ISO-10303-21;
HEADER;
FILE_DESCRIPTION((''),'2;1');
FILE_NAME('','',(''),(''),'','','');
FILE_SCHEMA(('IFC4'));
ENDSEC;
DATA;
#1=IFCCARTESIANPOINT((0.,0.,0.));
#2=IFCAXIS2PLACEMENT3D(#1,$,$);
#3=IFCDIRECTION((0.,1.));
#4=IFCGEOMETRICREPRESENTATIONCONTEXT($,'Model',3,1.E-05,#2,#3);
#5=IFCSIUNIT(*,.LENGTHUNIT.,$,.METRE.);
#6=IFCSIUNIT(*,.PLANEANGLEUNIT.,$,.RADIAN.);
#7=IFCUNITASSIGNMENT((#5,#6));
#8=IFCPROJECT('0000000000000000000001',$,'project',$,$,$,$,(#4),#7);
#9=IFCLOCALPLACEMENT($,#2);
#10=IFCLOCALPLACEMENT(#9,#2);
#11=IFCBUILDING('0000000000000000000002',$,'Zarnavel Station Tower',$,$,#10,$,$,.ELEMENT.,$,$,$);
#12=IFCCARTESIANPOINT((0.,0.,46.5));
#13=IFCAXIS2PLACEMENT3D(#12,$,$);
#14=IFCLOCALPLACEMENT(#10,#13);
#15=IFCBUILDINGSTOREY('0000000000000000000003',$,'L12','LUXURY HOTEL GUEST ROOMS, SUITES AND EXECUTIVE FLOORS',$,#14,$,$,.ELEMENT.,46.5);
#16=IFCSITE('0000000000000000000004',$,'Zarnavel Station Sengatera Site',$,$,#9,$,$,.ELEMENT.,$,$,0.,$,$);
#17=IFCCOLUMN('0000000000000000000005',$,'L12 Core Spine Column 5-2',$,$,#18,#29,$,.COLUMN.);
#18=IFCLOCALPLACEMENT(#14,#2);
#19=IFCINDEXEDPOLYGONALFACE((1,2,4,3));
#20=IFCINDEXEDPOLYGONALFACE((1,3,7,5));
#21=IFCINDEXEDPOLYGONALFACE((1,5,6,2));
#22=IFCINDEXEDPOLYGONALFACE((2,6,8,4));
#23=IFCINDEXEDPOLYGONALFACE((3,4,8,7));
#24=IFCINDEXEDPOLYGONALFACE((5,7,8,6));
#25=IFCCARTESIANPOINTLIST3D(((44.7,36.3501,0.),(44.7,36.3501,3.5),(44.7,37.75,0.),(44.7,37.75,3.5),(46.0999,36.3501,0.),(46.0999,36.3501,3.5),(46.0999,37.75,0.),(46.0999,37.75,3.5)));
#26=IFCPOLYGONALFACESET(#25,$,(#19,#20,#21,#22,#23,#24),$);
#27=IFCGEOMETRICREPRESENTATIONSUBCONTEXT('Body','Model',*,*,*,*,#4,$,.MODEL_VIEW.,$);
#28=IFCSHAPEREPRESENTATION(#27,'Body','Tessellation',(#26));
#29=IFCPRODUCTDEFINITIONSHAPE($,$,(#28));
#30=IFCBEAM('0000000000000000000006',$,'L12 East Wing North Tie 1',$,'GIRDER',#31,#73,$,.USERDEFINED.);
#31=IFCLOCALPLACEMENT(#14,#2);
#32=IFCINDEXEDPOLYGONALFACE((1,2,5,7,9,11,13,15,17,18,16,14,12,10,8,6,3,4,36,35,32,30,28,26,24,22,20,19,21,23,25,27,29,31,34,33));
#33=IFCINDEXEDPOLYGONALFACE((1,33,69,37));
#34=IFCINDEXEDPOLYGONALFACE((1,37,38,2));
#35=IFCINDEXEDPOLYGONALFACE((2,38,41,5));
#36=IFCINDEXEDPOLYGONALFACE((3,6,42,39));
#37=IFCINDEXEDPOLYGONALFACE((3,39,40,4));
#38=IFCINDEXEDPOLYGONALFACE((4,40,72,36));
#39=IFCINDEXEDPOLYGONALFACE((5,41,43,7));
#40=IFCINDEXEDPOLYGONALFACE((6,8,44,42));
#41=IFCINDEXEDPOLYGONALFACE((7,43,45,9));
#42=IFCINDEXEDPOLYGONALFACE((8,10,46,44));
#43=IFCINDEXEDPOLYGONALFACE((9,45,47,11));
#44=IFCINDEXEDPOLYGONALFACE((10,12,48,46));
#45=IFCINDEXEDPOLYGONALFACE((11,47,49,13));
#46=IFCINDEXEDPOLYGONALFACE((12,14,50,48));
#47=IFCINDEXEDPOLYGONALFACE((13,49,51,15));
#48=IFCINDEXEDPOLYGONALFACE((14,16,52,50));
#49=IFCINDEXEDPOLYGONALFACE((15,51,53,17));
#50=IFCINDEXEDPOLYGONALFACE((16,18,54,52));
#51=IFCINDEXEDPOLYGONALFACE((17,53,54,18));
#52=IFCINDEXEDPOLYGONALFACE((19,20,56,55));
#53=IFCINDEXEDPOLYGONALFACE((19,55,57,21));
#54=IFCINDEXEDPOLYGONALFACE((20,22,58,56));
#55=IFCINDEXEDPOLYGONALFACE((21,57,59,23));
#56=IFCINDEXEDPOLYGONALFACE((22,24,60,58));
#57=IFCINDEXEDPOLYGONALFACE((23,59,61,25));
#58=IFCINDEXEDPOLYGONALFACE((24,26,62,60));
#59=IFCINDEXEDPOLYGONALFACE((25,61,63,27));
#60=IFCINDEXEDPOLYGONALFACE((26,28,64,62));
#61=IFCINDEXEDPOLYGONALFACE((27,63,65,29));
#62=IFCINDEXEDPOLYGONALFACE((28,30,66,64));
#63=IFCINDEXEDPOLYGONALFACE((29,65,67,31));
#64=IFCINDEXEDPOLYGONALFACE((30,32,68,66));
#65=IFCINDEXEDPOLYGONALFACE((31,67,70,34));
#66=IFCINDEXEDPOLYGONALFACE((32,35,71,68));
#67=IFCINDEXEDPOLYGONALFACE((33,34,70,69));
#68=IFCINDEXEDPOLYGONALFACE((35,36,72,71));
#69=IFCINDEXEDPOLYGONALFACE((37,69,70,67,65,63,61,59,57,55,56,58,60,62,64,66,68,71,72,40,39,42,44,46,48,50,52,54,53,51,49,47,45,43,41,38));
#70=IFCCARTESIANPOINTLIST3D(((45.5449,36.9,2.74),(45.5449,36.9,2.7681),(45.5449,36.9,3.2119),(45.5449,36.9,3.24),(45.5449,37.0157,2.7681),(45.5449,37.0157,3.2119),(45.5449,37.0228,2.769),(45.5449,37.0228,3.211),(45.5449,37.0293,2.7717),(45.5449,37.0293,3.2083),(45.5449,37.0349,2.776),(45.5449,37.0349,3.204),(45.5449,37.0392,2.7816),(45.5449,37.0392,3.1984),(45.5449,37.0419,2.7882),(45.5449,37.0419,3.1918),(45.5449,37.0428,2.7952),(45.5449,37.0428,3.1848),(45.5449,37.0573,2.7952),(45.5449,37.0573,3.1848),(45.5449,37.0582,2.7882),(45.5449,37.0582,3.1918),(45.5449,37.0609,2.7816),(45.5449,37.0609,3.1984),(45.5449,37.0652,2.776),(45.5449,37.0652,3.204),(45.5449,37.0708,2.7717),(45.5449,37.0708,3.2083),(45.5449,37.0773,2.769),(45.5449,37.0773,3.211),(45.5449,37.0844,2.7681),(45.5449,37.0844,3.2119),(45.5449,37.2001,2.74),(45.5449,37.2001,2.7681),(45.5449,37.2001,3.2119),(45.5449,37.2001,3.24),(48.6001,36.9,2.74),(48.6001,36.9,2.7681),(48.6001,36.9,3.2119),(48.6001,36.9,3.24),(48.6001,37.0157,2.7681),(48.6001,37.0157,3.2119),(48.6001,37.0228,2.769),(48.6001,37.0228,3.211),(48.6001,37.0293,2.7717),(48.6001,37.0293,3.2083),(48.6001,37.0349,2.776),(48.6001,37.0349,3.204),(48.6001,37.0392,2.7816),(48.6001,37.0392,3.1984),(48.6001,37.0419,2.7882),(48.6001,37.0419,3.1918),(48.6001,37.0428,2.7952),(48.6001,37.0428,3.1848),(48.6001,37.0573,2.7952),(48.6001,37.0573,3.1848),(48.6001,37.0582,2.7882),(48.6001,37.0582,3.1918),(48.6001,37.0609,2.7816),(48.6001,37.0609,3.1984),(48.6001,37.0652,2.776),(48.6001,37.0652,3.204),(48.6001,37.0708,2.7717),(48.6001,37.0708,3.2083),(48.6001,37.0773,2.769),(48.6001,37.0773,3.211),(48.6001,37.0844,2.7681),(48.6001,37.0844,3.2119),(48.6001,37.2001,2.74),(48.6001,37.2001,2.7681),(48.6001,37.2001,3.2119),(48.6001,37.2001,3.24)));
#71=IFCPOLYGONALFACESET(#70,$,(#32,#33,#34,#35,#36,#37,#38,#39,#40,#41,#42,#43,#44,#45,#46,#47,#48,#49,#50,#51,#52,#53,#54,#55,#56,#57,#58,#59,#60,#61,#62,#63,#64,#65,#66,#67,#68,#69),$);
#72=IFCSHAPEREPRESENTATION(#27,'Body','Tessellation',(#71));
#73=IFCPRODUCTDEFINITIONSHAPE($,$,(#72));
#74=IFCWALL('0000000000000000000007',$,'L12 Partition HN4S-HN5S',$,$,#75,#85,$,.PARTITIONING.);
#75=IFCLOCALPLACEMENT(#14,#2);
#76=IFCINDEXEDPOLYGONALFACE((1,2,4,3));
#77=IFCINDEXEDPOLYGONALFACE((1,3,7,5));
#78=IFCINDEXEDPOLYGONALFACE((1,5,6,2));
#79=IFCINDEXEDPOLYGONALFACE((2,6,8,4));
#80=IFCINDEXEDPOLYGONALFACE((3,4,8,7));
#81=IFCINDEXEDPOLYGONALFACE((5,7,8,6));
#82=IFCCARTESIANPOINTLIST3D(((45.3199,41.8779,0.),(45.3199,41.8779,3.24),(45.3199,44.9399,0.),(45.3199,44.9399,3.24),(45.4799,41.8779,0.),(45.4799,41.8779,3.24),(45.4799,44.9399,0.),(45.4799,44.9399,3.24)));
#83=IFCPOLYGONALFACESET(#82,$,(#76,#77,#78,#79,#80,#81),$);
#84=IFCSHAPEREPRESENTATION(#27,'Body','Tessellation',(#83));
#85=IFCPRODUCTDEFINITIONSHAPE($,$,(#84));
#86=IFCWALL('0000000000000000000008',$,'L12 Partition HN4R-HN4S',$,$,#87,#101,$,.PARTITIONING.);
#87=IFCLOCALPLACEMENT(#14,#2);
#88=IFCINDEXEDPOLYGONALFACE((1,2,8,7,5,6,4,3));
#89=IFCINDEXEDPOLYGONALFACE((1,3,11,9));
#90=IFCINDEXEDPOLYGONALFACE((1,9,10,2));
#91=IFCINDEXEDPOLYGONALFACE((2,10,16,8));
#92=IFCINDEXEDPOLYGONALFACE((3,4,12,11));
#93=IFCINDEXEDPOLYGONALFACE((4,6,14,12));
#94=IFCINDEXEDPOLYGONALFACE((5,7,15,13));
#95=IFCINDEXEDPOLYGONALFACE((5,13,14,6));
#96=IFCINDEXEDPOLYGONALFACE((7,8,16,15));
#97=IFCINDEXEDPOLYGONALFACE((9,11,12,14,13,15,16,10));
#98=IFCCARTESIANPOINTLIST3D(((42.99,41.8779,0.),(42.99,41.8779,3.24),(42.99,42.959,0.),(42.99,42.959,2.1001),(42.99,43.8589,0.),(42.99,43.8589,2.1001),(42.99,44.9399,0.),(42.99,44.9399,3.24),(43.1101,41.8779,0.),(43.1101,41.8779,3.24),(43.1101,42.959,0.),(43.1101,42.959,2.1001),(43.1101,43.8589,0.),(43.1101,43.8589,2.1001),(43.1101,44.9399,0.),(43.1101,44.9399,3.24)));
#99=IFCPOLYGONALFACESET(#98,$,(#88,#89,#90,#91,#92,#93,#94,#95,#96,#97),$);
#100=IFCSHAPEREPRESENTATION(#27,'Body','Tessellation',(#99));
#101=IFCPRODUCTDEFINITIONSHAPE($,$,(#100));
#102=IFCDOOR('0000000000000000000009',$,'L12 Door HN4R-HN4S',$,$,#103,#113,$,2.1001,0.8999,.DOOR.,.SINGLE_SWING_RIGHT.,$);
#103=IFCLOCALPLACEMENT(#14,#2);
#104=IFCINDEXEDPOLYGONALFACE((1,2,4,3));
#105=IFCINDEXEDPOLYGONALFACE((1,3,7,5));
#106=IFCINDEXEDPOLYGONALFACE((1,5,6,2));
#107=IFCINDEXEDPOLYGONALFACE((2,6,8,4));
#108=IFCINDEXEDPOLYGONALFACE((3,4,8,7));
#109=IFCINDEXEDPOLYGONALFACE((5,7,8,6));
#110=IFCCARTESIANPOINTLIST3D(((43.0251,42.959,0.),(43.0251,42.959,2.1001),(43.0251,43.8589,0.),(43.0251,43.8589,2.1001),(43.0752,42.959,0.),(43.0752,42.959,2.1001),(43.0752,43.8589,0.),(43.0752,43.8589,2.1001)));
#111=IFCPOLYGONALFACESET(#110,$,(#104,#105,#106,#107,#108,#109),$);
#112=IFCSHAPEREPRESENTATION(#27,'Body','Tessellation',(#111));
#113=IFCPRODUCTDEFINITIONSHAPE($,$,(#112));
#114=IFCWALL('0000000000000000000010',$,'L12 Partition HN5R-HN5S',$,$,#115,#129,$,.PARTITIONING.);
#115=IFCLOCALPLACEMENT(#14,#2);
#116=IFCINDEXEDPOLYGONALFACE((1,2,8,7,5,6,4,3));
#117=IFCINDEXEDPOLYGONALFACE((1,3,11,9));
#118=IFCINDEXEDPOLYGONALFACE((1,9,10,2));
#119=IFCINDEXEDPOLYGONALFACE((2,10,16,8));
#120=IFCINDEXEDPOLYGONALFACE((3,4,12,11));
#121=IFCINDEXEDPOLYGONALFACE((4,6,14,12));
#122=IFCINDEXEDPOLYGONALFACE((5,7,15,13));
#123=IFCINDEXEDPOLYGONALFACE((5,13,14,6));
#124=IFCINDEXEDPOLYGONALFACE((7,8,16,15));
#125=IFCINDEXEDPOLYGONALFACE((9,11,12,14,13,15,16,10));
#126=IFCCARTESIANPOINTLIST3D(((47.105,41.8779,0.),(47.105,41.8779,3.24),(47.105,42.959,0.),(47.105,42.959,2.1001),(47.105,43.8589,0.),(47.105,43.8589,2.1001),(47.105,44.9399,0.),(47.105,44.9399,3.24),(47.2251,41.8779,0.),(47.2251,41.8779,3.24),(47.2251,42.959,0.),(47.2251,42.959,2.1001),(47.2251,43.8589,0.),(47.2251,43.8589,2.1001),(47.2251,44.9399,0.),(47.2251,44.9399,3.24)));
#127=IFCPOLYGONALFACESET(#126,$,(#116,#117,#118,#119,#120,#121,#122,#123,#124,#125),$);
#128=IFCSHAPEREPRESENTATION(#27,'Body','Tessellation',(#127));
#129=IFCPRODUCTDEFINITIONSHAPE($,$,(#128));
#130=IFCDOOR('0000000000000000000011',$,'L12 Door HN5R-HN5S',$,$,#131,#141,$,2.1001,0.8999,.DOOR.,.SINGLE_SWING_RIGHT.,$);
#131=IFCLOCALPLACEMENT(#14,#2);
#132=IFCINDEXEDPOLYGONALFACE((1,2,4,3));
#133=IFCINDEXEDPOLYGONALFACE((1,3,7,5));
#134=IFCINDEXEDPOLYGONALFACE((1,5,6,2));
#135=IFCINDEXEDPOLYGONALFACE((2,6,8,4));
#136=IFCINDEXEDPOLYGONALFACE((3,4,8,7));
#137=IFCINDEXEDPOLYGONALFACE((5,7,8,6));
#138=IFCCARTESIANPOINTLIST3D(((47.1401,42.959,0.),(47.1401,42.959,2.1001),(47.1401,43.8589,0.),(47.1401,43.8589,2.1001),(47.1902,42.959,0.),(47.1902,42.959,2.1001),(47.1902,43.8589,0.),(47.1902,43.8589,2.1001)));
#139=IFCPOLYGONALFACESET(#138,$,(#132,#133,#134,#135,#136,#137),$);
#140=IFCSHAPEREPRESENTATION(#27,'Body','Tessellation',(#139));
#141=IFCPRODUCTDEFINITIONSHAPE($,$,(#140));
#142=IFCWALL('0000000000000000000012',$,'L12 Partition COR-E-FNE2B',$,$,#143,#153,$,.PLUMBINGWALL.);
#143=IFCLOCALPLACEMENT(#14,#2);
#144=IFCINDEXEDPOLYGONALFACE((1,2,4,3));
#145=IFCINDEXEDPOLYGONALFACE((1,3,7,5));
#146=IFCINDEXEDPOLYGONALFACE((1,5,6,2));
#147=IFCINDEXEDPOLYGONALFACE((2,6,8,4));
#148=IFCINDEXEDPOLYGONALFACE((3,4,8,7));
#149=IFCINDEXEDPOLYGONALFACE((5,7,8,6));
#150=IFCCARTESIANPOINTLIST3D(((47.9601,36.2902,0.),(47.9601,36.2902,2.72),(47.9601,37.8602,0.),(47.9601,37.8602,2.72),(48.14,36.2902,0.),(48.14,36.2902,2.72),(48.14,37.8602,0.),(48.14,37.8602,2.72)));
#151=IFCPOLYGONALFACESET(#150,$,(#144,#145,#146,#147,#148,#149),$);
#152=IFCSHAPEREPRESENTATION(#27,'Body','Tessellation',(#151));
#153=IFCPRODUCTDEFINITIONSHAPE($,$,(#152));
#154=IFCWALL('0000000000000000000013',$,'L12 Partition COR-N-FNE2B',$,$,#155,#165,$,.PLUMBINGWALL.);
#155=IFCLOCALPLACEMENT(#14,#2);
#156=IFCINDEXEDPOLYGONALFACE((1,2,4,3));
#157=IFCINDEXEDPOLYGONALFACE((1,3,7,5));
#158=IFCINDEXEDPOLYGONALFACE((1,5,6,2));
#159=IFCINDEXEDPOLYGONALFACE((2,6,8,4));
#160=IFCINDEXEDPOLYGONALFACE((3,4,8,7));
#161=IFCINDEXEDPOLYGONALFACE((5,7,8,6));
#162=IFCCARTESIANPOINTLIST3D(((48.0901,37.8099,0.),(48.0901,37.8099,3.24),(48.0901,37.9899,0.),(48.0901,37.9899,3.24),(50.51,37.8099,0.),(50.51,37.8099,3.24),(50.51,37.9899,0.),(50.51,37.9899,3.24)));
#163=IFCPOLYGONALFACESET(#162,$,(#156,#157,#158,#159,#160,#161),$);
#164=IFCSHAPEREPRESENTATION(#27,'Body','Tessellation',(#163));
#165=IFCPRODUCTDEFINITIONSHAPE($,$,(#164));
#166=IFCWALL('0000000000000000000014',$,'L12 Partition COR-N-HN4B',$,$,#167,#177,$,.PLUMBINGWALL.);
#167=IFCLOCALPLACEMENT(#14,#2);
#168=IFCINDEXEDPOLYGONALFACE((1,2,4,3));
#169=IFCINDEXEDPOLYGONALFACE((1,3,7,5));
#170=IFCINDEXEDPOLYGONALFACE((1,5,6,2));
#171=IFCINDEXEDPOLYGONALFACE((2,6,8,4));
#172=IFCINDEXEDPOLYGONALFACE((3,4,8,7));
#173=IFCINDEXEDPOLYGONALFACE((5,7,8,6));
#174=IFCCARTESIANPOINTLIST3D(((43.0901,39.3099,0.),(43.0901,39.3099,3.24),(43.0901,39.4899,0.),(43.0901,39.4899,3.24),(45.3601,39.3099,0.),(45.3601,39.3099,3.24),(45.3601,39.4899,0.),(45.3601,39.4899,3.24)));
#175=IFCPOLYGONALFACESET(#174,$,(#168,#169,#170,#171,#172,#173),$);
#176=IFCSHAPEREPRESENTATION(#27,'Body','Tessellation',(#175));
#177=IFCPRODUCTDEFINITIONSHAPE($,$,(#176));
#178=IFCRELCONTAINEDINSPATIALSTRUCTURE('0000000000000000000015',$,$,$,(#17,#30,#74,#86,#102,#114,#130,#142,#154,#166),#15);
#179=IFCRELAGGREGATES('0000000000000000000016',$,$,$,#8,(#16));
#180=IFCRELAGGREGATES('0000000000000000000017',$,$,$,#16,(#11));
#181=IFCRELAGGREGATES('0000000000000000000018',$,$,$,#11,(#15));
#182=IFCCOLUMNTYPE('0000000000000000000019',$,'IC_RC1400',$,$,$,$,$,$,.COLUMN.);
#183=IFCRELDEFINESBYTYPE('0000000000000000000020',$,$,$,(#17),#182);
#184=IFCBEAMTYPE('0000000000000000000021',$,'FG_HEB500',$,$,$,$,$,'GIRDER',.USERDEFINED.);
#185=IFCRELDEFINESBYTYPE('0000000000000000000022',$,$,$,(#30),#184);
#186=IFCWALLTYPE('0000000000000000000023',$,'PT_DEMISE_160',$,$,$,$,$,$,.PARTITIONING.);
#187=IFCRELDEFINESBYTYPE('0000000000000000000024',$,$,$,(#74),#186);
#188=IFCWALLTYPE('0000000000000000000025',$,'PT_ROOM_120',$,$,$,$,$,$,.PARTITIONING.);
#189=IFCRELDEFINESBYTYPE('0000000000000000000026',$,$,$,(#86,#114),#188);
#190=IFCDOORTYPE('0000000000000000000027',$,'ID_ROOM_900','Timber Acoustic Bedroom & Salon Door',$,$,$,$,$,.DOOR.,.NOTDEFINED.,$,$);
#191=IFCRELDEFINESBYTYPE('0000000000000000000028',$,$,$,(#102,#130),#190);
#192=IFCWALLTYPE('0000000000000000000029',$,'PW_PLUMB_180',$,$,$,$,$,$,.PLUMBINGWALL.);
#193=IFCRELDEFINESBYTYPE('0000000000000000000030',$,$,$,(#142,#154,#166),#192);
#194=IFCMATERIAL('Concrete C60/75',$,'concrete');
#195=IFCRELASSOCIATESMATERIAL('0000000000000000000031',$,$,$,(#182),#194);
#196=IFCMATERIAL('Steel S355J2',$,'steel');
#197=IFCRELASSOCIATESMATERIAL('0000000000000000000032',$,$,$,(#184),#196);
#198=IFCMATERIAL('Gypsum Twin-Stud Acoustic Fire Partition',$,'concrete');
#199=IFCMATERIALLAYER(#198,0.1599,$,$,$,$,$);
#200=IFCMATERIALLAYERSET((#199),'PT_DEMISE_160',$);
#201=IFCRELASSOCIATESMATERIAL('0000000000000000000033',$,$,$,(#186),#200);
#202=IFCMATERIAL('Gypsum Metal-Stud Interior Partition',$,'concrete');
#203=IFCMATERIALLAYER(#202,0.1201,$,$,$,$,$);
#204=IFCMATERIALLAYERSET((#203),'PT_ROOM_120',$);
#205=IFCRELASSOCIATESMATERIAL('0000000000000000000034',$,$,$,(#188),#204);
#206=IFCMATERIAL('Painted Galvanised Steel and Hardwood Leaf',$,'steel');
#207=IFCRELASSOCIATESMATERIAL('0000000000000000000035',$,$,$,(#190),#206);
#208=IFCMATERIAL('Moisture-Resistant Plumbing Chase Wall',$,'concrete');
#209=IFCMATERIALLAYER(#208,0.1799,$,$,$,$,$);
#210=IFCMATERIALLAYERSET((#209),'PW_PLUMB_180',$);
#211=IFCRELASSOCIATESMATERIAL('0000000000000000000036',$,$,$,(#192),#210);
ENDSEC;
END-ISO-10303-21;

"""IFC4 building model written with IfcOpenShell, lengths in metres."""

from ifc_helpers import new_model, si_unit, direction, frame, frame_2d, origin, origin_2d, place, context, subcontext, project, spatial, rectangle, i_section, extrude, material, layer, layer_set, material_profile, profile_set, type_object, element, fill, save


model = new_model("IFC4")

# Units and contexts
model_context = context("Model", 3, precision=1e-05, world=origin(), true_north=direction((0.0, 1.0)))
body_context = subcontext(model_context, "Body", "Model", "MODEL_VIEW")
ifc_project = project(units=[si_unit("LENGTHUNIT", "METRE"), si_unit("PLANEANGLEUNIT", "RADIAN")], contexts=[model_context])

# Site, building, storey
site_placement = place(None, origin())
site = spatial("IfcSite", under=ifc_project, at=site_placement, Name="Zarnavel Station Sengatera Site", CompositionType="ELEMENT", RefElevation=0.0)
building_placement = place(site_placement, origin())
building = spatial("IfcBuilding", under=site, at=building_placement, Name="Zarnavel Station Tower", CompositionType="ELEMENT")
storey_placement = place(building_placement, frame((0.0, 0.0, 46.5)))
storey = spatial("IfcBuildingStorey", under=building, at=storey_placement, Name="L12", Description="LUXURY HOTEL GUEST ROOMS, SUITES AND EXECUTIVE FLOORS", CompositionType="ELEMENT", Elevation=46.5)

# Column
ifc_material_1 = material(Name="Concrete C60/75", Category="concrete")
ifc_material_profile_1 = material_profile(ifc_material_1, rectangle(XDim=1.3999, YDim=1.3999, at=origin_2d()), Name="RC1400x1400")
ifc_profile_set_1 = profile_set([ifc_material_profile_1], Name="Concrete C60/75")
column_type = type_object("IfcColumnType", Name="IC_RC1400", PredefinedType="COLUMN", material=ifc_profile_set_1)
column_placement = place(storey_placement, frame((45.3999, 37.05, 0.0), z_axis=(0.0, 0.0, 1.0), x_axis=(1.0, 0.0, 0.0)))
element("IfcColumn", 1, at=column_placement, inside=storey, type_object=column_type, Name="L12 Core Spine Column 5-2", PredefinedType="COLUMN", context=body_context, shape_type="SweptSolid", body=[
    extrude(rectangle(XDim=1.3999, YDim=1.3999, at=origin_2d()), origin(), (0.0, 0.0, 1.0), 3.5),
])

# Beam
ifc_material_2 = material(Name="Steel S355J2", Category="steel")
ifc_material_profile_2 = material_profile(ifc_material_2, i_section(OverallWidth=0.3, OverallDepth=0.5, WebThickness=0.0144, FlangeThickness=0.0281, FilletRadius=0.0271, at=origin_2d()), Name="HEB500")
ifc_profile_set_2 = profile_set([ifc_material_profile_2], Name="Steel S355J2")
beam_type = type_object("IfcBeamType", Name="FG_HEB500", ElementType="GIRDER", PredefinedType="USERDEFINED", material=ifc_profile_set_2)
beam_placement = place(storey_placement, frame((45.5449, 37.05, 2.99), z_axis=(1.0, 0.0, 0.0), x_axis=(0.0, 1.0, 0.0)))
element("IfcBeam", 2, at=beam_placement, inside=storey, type_object=beam_type, Name="L12 East Wing North Tie 1", ObjectType="GIRDER", PredefinedType="USERDEFINED", context=body_context, shape_type="SweptSolid", body=[
    extrude(i_section(OverallWidth=0.3, OverallDepth=0.5, WebThickness=0.0144, FlangeThickness=0.0281, FilletRadius=0.0271, at=origin_2d()), origin(), (0.0, 0.0, 1.0), 3.0552),
])

# Shared definitions
ifc_material_3 = material(Name="Gypsum Twin-Stud Acoustic Fire Partition", Category="concrete")
ifc_layer_1 = layer(ifc_material_3, 0.1599)
ifc_layer_set_1 = layer_set([ifc_layer_1], Name="PT_DEMISE_160")
wall_type_1 = type_object("IfcWallType", Name="PT_DEMISE_160", PredefinedType="PARTITIONING", material=ifc_layer_set_1)

# Wall
wall_1_placement = place(storey_placement, frame((45.3999, 41.8779, 0.0), z_axis=(0.0, 0.0, 1.0), x_axis=(0.0, 1.0, 0.0)))
element("IfcWall", 3, at=wall_1_placement, inside=storey, type_object=wall_type_1, Name="L12 Partition HN4S-HN5S", PredefinedType="PARTITIONING", context=body_context, shape_type="SweptSolid", body=[
    extrude(rectangle(XDim=3.062, YDim=0.1599, at=frame_2d((1.531, 0.0))), origin(), (0.0, 0.0, 1.0), 3.24),
])

# Walls, openings, doors
ifc_material_4 = material(Name="Gypsum Metal-Stud Interior Partition", Category="concrete")
ifc_layer_2 = layer(ifc_material_4, 0.1201)
ifc_layer_set_2 = layer_set([ifc_layer_2], Name="PT_ROOM_120")
wall_type_2 = type_object("IfcWallType", Name="PT_ROOM_120", PredefinedType="PARTITIONING", material=ifc_layer_set_2)
wall_2_placement = place(storey_placement, frame((43.05, 41.8779, 0.0), z_axis=(0.0, 0.0, 1.0), x_axis=(0.0, 1.0, 0.0)))
wall_2 = element("IfcWall", 4, at=wall_2_placement, inside=storey, type_object=wall_type_2, Name="L12 Partition HN4R-HN4S", PredefinedType="PARTITIONING", context=body_context, shape_type="SweptSolid", body=[
    extrude(rectangle(XDim=3.062, YDim=0.1201, at=frame_2d((1.531, 0.0))), origin(), (0.0, 0.0, 1.0), 3.24),
])
opening_1_placement = place(wall_2_placement, frame((1.0811, 0.0, 0.0)))
opening_1 = element("IfcOpeningElement", 5, at=opening_1_placement, cuts=wall_2, PredefinedType="OPENING", context=body_context, shape_type="SweptSolid", body=[
    extrude(rectangle(XDim=0.8999, YDim=2.1001, at=frame_2d((0.45, 1.05))), frame((0.0, 0.0701, 0.0), z_axis=(0.0, -1.0, 0.0), x_axis=(1.0, 0.0, 0.0)), (0.0, 0.0, 1.0), 0.1401),
])
ifc_material_5 = material(Name="Painted Galvanised Steel and Hardwood Leaf", Category="steel")
door_type_1 = type_object("IfcDoorType", Name="ID_ROOM_900", Description="Timber Acoustic Bedroom & Salon Door", OperationType="NOTDEFINED", PredefinedType="DOOR", material=ifc_material_5)
door_1_placement = place(opening_1_placement, origin())
door_1 = element("IfcDoor", 6, at=door_1_placement, inside=storey, type_object=door_type_1, Name="L12 Door HN4R-HN4S", OperationType="SINGLE_SWING_RIGHT", OverallHeight=2.1001, OverallWidth=0.8999, PredefinedType="DOOR", context=body_context, shape_type="SweptSolid", body=[
    extrude(rectangle(XDim=0.8999, YDim=2.1001, at=frame_2d((0.45, 1.05))), frame((0.0, 0.0249, 0.0), z_axis=(0.0, -1.0, 0.0), x_axis=(1.0, 0.0, 0.0)), (0.0, 0.0, 1.0), 0.05),
])
fill(opening_1, door_1)
wall_3_placement = place(storey_placement, frame((47.165, 41.8779, 0.0), z_axis=(0.0, 0.0, 1.0), x_axis=(0.0, 1.0, 0.0)))
wall_3 = element("IfcWall", 7, at=wall_3_placement, inside=storey, type_object=wall_type_2, Name="L12 Partition HN5R-HN5S", PredefinedType="PARTITIONING", context=body_context, shape_type="SweptSolid", body=[
    extrude(rectangle(XDim=3.062, YDim=0.1201, at=frame_2d((1.531, 0.0))), origin(), (0.0, 0.0, 1.0), 3.24),
])
opening_2_placement = place(wall_3_placement, frame((1.0811, 0.0, 0.0)))
opening_2 = element("IfcOpeningElement", 8, at=opening_2_placement, cuts=wall_3, PredefinedType="OPENING", context=body_context, shape_type="SweptSolid", body=[
    extrude(rectangle(XDim=0.8999, YDim=2.1001, at=frame_2d((0.45, 1.05))), frame((0.0, 0.0701, 0.0), z_axis=(0.0, -1.0, 0.0), x_axis=(1.0, 0.0, 0.0)), (0.0, 0.0, 1.0), 0.1401),
])
door_2_placement = place(opening_2_placement, origin())
door_2 = element("IfcDoor", 9, at=door_2_placement, inside=storey, type_object=door_type_1, Name="L12 Door HN5R-HN5S", OperationType="SINGLE_SWING_RIGHT", OverallHeight=2.1001, OverallWidth=0.8999, PredefinedType="DOOR", context=body_context, shape_type="SweptSolid", body=[
    extrude(rectangle(XDim=0.8999, YDim=2.1001, at=frame_2d((0.45, 1.05))), frame((0.0, 0.0249, 0.0), z_axis=(0.0, -1.0, 0.0), x_axis=(1.0, 0.0, 0.0)), (0.0, 0.0, 1.0), 0.05),
])
fill(opening_2, door_2)

# Walls
ifc_material_6 = material(Name="Moisture-Resistant Plumbing Chase Wall", Category="concrete")
ifc_layer_3 = layer(ifc_material_6, 0.1799)
ifc_layer_set_3 = layer_set([ifc_layer_3], Name="PW_PLUMB_180")
wall_type_3 = type_object("IfcWallType", Name="PW_PLUMB_180", PredefinedType="PLUMBINGWALL", material=ifc_layer_set_3)
wall_4_placement = place(storey_placement, frame((48.05, 36.29, 0.0), z_axis=(0.0, 0.0, 1.0), x_axis=(0.0, 1.0, 0.0)))
element("IfcWall", 10, at=wall_4_placement, inside=storey, type_object=wall_type_3, Name="L12 Partition COR-E-FNE2B", PredefinedType="PLUMBINGWALL", context=body_context, shape_type="SweptSolid", body=[
    extrude(rectangle(XDim=1.5701, YDim=0.1799, at=frame_2d((0.7852, 0.0))), origin(), (0.0, 0.0, 1.0), 2.72),
])
wall_5_placement = place(storey_placement, frame((48.0901, 37.8999, 0.0), z_axis=(0.0, 0.0, 1.0), x_axis=(1.0, 0.0, 0.0)))
element("IfcWall", 11, at=wall_5_placement, inside=storey, type_object=wall_type_3, Name="L12 Partition COR-N-FNE2B", PredefinedType="PLUMBINGWALL", context=body_context, shape_type="SweptSolid", body=[
    extrude(rectangle(XDim=2.4199, YDim=0.1799, at=frame_2d((1.21, 0.0))), origin(), (0.0, 0.0, 1.0), 3.24),
])
wall_6_placement = place(storey_placement, frame((43.0901, 39.3999, 0.0), z_axis=(0.0, 0.0, 1.0), x_axis=(1.0, 0.0, 0.0)))
element("IfcWall", 12, at=wall_6_placement, inside=storey, type_object=wall_type_3, Name="L12 Partition COR-N-HN4B", PredefinedType="PLUMBINGWALL", context=body_context, shape_type="SweptSolid", body=[
    extrude(rectangle(XDim=2.27, YDim=0.1799, at=frame_2d((1.135, 0.0))), origin(), (0.0, 0.0, 1.0), 3.24),
])

save(model, "model.ifc")
